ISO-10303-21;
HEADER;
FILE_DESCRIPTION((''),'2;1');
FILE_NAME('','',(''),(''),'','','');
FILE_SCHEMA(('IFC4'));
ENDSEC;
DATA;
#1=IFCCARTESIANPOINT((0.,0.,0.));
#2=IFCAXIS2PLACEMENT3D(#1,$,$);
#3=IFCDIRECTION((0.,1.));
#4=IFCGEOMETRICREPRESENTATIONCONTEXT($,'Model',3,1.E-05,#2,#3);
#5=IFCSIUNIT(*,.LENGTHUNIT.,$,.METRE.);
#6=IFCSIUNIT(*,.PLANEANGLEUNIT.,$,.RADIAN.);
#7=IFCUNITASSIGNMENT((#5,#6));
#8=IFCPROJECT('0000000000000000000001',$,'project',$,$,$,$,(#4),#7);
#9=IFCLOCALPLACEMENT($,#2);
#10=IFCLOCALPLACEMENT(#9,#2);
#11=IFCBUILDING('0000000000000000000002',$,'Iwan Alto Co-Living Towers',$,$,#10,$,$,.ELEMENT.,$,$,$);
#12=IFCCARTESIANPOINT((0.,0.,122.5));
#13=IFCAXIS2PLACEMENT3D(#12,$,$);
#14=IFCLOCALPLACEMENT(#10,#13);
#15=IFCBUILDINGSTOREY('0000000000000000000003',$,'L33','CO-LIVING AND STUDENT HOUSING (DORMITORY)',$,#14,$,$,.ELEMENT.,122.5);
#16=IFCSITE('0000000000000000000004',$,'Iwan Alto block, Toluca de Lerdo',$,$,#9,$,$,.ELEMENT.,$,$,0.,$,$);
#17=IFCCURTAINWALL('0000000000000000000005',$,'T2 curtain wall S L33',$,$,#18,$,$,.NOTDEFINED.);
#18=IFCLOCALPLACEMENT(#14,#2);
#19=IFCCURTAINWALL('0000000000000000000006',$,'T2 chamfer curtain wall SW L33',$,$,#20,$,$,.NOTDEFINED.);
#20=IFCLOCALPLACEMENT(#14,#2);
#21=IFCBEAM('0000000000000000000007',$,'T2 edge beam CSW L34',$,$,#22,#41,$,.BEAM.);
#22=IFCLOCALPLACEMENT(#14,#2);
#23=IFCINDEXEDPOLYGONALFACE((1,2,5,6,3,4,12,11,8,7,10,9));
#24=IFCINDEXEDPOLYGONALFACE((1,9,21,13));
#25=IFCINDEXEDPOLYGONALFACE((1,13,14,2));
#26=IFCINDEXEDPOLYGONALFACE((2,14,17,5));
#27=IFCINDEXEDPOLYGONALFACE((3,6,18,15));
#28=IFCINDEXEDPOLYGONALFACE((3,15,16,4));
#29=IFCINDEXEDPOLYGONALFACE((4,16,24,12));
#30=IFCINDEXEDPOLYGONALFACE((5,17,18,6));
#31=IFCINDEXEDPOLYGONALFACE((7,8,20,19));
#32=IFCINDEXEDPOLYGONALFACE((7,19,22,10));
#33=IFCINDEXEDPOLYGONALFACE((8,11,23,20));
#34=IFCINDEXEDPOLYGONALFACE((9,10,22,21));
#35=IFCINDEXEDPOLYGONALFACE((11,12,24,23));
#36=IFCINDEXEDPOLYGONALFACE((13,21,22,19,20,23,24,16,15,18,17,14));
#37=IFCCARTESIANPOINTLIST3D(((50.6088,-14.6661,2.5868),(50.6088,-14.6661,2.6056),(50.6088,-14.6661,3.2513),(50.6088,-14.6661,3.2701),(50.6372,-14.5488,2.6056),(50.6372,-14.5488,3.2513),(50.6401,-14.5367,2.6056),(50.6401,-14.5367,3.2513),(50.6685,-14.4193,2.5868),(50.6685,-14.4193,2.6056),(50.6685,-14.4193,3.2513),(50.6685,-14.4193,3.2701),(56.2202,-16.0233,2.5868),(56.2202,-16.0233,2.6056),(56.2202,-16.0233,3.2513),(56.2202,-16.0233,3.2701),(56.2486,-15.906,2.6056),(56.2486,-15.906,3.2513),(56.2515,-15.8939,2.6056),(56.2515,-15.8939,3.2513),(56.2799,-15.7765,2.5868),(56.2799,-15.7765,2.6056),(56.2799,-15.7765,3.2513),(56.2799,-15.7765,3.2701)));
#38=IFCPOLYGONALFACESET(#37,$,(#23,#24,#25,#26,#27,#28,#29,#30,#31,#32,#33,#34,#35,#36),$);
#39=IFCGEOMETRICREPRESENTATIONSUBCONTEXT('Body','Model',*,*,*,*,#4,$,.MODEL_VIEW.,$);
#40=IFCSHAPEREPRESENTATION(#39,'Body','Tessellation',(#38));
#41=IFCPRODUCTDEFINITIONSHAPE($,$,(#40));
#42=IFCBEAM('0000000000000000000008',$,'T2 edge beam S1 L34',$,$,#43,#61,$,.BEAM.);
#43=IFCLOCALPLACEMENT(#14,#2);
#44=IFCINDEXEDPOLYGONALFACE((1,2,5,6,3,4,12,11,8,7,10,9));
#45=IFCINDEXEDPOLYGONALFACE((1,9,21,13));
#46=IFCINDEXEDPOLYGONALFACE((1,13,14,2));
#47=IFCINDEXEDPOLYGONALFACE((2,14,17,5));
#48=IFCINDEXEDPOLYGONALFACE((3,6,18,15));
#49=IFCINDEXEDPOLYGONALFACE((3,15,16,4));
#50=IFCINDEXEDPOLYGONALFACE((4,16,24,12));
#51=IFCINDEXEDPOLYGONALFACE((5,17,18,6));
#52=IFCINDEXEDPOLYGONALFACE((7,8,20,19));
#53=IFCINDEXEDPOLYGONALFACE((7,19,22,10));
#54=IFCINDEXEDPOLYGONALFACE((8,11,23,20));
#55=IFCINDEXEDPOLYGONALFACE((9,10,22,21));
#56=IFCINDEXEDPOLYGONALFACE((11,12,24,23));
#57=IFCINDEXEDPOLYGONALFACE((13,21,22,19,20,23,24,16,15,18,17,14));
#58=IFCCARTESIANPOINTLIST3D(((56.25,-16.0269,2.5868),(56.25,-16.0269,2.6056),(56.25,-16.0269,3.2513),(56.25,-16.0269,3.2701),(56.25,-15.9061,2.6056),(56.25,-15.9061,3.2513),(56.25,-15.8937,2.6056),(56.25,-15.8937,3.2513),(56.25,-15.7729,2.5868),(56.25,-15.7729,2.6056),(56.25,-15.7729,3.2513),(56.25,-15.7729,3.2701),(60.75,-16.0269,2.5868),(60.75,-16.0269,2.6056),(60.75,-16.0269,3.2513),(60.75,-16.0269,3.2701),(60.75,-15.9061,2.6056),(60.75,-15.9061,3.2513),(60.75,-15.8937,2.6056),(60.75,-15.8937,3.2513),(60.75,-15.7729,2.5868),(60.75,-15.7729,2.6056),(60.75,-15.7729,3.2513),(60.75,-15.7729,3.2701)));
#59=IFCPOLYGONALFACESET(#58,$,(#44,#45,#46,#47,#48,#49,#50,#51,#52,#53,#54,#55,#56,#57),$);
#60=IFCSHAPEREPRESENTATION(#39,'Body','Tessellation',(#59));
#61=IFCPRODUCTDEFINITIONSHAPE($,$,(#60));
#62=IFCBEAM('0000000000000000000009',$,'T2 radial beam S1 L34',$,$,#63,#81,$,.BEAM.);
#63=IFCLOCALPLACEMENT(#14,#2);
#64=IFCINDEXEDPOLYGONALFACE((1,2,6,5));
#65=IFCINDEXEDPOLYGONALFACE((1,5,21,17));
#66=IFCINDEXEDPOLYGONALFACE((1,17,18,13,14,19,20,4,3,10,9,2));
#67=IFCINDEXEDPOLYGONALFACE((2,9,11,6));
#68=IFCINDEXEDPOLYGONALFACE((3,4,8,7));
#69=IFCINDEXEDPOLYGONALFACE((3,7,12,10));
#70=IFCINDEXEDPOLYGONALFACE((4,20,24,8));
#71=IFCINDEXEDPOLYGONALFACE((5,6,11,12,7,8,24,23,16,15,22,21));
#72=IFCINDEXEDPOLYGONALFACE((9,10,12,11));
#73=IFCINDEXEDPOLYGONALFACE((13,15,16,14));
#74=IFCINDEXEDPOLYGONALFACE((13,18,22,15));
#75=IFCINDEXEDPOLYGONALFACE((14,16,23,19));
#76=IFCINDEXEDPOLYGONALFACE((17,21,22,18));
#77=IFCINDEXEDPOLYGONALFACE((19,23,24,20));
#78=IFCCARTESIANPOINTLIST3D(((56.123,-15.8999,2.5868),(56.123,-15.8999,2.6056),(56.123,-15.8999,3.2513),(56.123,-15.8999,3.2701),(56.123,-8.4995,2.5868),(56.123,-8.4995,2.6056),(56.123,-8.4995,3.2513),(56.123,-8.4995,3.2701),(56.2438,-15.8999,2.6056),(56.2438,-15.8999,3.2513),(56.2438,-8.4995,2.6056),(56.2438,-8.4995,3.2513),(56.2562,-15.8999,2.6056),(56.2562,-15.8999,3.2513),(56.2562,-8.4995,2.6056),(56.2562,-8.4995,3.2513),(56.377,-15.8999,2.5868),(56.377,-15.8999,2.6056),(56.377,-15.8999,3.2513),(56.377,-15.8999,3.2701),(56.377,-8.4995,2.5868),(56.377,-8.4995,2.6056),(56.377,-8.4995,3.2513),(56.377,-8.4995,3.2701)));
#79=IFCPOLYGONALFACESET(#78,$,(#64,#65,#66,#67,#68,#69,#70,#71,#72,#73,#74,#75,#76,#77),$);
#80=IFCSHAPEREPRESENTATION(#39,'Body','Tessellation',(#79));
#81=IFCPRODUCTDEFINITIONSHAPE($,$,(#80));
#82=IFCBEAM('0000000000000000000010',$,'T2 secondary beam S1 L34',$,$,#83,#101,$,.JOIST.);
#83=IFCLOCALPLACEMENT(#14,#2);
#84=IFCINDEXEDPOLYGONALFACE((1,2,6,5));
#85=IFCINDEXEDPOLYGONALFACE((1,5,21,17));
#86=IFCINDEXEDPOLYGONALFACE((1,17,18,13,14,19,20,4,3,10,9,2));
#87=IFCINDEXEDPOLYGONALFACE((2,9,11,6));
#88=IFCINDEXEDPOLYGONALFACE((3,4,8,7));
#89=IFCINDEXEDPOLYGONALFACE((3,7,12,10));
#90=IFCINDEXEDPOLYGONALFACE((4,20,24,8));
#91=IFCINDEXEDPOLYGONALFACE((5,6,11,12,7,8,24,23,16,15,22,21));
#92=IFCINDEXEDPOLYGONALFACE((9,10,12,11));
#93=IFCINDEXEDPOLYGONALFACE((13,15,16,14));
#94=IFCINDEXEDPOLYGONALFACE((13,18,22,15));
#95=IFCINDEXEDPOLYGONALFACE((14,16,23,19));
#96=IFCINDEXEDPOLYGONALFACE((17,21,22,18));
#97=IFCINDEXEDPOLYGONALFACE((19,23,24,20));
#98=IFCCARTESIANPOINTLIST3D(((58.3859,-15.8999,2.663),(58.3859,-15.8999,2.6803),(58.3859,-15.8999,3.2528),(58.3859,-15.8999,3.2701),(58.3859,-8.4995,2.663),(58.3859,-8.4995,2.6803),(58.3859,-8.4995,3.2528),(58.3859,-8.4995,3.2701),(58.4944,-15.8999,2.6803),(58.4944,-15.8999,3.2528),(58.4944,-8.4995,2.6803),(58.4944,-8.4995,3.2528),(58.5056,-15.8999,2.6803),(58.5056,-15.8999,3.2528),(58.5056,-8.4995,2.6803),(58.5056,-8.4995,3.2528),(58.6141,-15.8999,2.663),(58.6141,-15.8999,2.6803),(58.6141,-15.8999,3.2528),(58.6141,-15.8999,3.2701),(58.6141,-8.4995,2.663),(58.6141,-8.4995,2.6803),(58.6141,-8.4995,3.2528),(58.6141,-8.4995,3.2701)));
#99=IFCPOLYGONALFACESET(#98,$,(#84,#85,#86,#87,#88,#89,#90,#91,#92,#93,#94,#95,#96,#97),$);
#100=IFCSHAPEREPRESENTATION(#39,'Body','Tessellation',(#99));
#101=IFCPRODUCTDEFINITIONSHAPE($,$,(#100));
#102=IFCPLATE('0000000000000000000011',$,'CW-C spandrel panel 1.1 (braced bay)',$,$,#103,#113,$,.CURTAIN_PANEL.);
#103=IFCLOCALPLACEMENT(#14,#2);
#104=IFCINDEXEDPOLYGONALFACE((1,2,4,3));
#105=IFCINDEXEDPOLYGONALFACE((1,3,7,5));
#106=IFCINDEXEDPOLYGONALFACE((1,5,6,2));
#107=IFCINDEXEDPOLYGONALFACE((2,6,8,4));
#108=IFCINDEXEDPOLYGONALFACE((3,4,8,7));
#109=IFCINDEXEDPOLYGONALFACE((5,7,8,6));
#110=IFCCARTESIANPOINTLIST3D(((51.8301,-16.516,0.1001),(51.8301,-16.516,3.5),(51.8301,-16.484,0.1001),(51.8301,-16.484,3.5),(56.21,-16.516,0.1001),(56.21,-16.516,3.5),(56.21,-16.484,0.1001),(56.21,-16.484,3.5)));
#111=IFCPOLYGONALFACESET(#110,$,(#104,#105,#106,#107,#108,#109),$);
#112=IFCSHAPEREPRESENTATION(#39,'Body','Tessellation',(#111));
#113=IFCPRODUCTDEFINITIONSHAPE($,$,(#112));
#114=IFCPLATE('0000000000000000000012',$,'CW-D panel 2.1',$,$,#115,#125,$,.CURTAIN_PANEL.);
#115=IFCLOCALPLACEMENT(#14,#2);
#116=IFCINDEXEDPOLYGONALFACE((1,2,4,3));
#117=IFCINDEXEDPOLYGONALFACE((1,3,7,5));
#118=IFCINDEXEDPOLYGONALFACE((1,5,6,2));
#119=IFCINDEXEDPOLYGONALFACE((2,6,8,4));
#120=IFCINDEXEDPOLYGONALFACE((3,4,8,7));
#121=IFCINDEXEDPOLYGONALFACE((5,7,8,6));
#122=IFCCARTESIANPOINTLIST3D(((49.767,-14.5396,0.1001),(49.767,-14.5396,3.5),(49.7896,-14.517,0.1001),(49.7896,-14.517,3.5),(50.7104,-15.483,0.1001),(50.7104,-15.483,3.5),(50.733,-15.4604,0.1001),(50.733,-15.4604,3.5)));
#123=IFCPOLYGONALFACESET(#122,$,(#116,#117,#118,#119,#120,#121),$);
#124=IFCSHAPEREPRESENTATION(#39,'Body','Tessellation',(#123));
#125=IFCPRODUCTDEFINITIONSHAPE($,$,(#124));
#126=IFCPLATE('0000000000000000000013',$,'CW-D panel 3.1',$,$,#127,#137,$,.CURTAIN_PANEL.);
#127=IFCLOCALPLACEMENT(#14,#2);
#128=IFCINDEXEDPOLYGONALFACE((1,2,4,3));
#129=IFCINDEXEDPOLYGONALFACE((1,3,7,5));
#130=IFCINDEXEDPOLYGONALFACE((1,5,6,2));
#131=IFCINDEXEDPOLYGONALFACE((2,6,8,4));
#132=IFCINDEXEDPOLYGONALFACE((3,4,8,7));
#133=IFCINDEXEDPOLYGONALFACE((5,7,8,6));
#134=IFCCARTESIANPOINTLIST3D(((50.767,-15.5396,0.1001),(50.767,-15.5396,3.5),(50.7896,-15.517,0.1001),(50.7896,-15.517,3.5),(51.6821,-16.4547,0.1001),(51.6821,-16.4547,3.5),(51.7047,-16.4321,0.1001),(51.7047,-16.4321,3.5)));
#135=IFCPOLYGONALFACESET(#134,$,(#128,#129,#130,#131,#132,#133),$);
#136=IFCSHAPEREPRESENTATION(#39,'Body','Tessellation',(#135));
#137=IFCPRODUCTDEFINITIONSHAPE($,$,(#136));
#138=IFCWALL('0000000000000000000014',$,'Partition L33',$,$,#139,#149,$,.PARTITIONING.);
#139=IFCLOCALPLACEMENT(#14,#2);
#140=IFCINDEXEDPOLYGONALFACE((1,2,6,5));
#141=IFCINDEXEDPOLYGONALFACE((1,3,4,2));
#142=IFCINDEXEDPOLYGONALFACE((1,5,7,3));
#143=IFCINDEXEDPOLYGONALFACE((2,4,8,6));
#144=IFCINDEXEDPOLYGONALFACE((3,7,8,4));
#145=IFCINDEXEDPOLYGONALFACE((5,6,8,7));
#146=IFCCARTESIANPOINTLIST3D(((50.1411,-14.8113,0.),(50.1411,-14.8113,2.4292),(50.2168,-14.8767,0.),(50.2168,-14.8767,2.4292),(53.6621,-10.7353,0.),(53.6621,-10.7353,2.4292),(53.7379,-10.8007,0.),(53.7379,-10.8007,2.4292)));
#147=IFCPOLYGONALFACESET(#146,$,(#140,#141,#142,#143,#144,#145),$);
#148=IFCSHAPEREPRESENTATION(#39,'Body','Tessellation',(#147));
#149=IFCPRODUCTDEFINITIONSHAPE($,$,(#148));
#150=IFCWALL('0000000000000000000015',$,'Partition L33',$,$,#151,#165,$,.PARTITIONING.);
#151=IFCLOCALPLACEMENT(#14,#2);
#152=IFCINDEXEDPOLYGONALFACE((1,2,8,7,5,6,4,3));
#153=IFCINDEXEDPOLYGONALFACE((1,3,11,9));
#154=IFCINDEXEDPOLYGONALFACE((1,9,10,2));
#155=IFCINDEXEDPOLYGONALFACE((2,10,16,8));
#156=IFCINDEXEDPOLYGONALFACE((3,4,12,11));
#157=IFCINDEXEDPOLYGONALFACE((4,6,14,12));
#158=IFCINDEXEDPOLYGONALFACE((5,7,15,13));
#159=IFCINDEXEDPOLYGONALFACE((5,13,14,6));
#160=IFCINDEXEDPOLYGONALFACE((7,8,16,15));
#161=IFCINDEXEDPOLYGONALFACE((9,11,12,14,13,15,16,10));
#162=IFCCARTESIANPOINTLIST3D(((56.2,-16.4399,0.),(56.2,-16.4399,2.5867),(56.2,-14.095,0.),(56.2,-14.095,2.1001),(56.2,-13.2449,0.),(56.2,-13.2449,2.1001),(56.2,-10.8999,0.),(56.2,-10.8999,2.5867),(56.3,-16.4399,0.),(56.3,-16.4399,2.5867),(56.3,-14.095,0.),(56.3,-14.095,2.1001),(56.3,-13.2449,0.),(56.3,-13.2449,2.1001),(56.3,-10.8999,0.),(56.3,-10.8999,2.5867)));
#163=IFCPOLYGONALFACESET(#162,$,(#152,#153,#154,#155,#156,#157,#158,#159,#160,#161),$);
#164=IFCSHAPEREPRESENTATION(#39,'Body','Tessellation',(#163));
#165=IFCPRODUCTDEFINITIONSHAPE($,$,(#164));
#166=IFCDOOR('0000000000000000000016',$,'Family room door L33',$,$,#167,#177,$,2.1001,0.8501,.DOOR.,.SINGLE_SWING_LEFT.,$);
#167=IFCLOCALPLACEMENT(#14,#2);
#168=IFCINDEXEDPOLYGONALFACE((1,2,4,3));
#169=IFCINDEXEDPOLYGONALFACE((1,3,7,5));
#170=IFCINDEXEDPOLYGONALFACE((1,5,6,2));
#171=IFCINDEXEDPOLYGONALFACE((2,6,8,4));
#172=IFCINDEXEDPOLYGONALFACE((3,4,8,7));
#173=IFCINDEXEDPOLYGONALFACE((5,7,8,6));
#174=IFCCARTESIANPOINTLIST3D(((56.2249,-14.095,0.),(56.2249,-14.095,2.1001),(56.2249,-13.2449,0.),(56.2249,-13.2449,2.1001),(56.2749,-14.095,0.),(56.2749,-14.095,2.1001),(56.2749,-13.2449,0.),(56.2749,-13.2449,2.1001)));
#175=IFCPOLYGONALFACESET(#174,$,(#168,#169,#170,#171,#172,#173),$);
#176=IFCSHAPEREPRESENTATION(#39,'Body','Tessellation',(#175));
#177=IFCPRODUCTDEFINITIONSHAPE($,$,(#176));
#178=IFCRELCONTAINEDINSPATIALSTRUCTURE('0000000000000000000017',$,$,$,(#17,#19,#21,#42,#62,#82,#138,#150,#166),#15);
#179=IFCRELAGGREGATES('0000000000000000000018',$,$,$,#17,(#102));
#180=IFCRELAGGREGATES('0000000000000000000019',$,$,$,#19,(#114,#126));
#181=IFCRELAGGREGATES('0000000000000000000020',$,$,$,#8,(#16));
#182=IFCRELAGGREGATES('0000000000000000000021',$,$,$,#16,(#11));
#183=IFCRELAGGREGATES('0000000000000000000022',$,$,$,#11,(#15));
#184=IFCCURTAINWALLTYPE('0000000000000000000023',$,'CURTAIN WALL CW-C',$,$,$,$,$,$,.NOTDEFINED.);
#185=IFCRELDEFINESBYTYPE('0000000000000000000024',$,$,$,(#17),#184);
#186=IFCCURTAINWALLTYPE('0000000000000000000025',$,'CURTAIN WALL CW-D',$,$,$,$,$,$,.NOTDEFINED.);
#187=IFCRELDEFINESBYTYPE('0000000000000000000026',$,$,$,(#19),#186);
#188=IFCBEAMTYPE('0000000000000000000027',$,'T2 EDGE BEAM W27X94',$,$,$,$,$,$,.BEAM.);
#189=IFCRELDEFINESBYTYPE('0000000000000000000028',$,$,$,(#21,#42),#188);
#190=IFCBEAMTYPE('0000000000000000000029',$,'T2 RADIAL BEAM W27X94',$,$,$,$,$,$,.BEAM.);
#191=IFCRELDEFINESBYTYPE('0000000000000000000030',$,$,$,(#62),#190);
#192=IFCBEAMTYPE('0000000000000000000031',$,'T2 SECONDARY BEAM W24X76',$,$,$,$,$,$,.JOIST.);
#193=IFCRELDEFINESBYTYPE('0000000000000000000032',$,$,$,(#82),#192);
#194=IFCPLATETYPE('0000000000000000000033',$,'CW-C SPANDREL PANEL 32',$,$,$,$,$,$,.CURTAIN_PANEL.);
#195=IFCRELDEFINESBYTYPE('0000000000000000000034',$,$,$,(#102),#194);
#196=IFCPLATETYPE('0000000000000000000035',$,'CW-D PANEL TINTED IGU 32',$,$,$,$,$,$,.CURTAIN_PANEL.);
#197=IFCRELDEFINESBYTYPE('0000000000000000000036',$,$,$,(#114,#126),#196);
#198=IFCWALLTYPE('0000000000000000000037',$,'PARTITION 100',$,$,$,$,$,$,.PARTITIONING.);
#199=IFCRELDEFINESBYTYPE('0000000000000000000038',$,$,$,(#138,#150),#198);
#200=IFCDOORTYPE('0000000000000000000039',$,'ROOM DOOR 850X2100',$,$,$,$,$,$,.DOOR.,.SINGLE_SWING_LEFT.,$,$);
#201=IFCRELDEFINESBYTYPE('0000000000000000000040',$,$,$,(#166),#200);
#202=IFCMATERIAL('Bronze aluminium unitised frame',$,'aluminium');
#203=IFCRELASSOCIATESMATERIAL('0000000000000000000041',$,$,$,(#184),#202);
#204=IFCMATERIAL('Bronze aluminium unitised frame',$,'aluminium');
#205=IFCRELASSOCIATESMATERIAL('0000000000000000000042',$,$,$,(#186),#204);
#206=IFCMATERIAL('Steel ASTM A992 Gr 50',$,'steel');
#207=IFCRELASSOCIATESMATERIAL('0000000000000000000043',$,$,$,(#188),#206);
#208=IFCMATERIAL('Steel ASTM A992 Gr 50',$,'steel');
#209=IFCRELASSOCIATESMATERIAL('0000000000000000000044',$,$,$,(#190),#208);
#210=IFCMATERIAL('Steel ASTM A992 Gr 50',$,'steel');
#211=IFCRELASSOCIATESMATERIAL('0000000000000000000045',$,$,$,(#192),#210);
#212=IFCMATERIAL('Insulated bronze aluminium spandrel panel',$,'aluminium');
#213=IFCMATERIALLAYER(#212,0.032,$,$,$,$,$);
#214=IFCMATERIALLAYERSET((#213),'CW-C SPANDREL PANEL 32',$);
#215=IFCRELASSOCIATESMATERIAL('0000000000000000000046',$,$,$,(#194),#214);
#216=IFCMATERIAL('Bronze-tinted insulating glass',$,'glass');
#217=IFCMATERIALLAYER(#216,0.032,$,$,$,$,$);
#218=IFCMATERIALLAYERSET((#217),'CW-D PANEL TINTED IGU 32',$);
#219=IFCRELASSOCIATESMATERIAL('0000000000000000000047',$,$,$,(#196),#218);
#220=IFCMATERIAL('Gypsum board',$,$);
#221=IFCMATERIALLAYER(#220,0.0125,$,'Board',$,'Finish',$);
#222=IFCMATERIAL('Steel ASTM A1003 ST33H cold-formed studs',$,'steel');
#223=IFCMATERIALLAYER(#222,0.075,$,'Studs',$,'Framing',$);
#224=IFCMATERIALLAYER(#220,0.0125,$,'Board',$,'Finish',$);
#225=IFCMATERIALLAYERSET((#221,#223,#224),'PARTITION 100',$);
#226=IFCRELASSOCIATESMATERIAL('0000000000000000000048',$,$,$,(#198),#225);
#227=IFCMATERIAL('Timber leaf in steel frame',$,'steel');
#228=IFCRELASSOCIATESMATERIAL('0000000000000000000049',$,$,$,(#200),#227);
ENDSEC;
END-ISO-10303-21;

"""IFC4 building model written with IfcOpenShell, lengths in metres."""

from ifc_helpers import new_model, si_unit, direction, frame, frame_2d, origin, origin_2d, place, context, subcontext, project, spatial, rectangle, i_section, extrude, material, layer, layer_set, material_profile, profile_set, type_object, element, fill, aggregate, save


model = new_model("IFC4")

# Units and contexts
model_context = context("Model", 3, precision=1e-05, world=origin(), true_north=direction((0.0, 1.0)))
body_context = subcontext(model_context, "Body", "Model", "MODEL_VIEW")
ifc_project = project(units=[si_unit("LENGTHUNIT", "METRE"), si_unit("PLANEANGLEUNIT", "RADIAN")], contexts=[model_context])

# Site, building, storey
site_placement = place(None, origin())
site = spatial("IfcSite", under=ifc_project, at=site_placement, Name="Iwan Alto block, Toluca de Lerdo", CompositionType="ELEMENT", RefElevation=0.0)
building_placement = place(site_placement, origin())
building = spatial("IfcBuilding", under=site, at=building_placement, Name="Iwan Alto Co-Living Towers", CompositionType="ELEMENT")
storey_placement = place(building_placement, frame((0.0, 0.0, 122.5)))
storey = spatial("IfcBuildingStorey", under=building, at=storey_placement, Name="L33", Description="CO-LIVING AND STUDENT HOUSING (DORMITORY)", CompositionType="ELEMENT", Elevation=122.5)

# Curtain walls
ifc_material_1 = material(Name="Bronze aluminium unitised frame", Category="aluminium")
curtain_wall_type_1 = type_object("IfcCurtainWallType", Name="CURTAIN WALL CW-C", PredefinedType="NOTDEFINED", material=ifc_material_1)
curtain_wall_1_placement = place(storey_placement, origin())
curtain_wall_1 = element("IfcCurtainWall", 1, at=curtain_wall_1_placement, inside=storey, type_object=curtain_wall_type_1, Name="T2 curtain wall S L33", PredefinedType="NOTDEFINED")
ifc_material_2 = material(Name="Bronze aluminium unitised frame", Category="aluminium")
curtain_wall_type_2 = type_object("IfcCurtainWallType", Name="CURTAIN WALL CW-D", PredefinedType="NOTDEFINED", material=ifc_material_2)
curtain_wall_2_placement = place(storey_placement, origin())
curtain_wall_2 = element("IfcCurtainWall", 2, at=curtain_wall_2_placement, inside=storey, type_object=curtain_wall_type_2, Name="T2 chamfer curtain wall SW L33", PredefinedType="NOTDEFINED")

# Beams
ifc_material_3 = material(Name="Steel ASTM A992 Gr 50", Category="steel")
ifc_material_profile_1 = material_profile(ifc_material_3, i_section(OverallWidth=0.2539, OverallDepth=0.6833, WebThickness=0.0125, FlangeThickness=0.0188, at=origin_2d()), Name="W27X94")
ifc_profile_set_1 = profile_set([ifc_material_profile_1], Name="Steel ASTM A992 Gr 50")
beam_type_1 = type_object("IfcBeamType", Name="T2 EDGE BEAM W27X94", PredefinedType="BEAM", material=ifc_profile_set_1)
beam_1_placement = place(storey_placement, frame((50.6387, -14.5427, 2.9285), z_axis=(0.971975, -0.235086, 0.0), x_axis=(0.235086, 0.971975, 0.0)))
element("IfcBeam", 3, at=beam_1_placement, inside=storey, type_object=beam_type_1, Name="T2 edge beam CSW L34", PredefinedType="BEAM", context=body_context, shape_type="SweptSolid", body=[
    extrude(i_section(OverallWidth=0.2539, OverallDepth=0.6833, WebThickness=0.0125, FlangeThickness=0.0188, at=origin_2d()), origin(), (0.0, 0.0, 1.0), 5.7732),
])
beam_2_placement = place(storey_placement, frame((56.25, -15.8999, 2.9285), z_axis=(1.0, 0.0, 0.0), x_axis=(0.0, 1.0, 0.0)))
element("IfcBeam", 4, at=beam_2_placement, inside=storey, type_object=beam_type_1, Name="T2 edge beam S1 L34", PredefinedType="BEAM", context=body_context, shape_type="SweptSolid", body=[
    extrude(i_section(OverallWidth=0.2539, OverallDepth=0.6833, WebThickness=0.0125, FlangeThickness=0.0188, at=origin_2d()), origin(), (0.0, 0.0, 1.0), 4.5),
])
ifc_material_4 = material(Name="Steel ASTM A992 Gr 50", Category="steel")
ifc_material_profile_2 = material_profile(ifc_material_4, i_section(OverallWidth=0.2539, OverallDepth=0.6833, WebThickness=0.0125, FlangeThickness=0.0188, at=origin_2d()), Name="W27X94")
ifc_profile_set_2 = profile_set([ifc_material_profile_2], Name="Steel ASTM A992 Gr 50")
beam_type_2 = type_object("IfcBeamType", Name="T2 RADIAL BEAM W27X94", PredefinedType="BEAM", material=ifc_profile_set_2)
beam_3_placement = place(storey_placement, frame((56.25, -15.8999, 2.9285), z_axis=(0.0, 1.0, 0.0), x_axis=(-1.0, 0.0, 0.0)))
element("IfcBeam", 5, at=beam_3_placement, inside=storey, type_object=beam_type_2, Name="T2 radial beam S1 L34", PredefinedType="BEAM", context=body_context, shape_type="SweptSolid", body=[
    extrude(i_section(OverallWidth=0.2539, OverallDepth=0.6833, WebThickness=0.0125, FlangeThickness=0.0188, at=origin_2d()), origin(), (0.0, 0.0, 1.0), 7.4004),
])
ifc_material_5 = material(Name="Steel ASTM A992 Gr 50", Category="steel")
ifc_material_profile_3 = material_profile(ifc_material_5, i_section(OverallWidth=0.2283, OverallDepth=0.6072, WebThickness=0.0112, FlangeThickness=0.0173, at=origin_2d()), Name="W24X76")
ifc_profile_set_3 = profile_set([ifc_material_profile_3], Name="Steel ASTM A992 Gr 50")
beam_type_3 = type_object("IfcBeamType", Name="T2 SECONDARY BEAM W24X76", PredefinedType="JOIST", material=ifc_profile_set_3)
beam_4_placement = place(storey_placement, frame((58.5, -15.8999, 2.9666), z_axis=(0.0, 1.0, 0.0), x_axis=(-1.0, 0.0, 0.0)))
element("IfcBeam", 6, at=beam_4_placement, inside=storey, type_object=beam_type_3, Name="T2 secondary beam S1 L34", PredefinedType="JOIST", context=body_context, shape_type="SweptSolid", body=[
    extrude(i_section(OverallWidth=0.2283, OverallDepth=0.6072, WebThickness=0.0112, FlangeThickness=0.0173, at=origin_2d()), origin(), (0.0, 0.0, 1.0), 7.4004),
])

# Plates
ifc_material_6 = material(Name="Insulated bronze aluminium spandrel panel", Category="aluminium")
ifc_layer_1 = layer(ifc_material_6, 0.032)
ifc_layer_set_1 = layer_set([ifc_layer_1], Name="CW-C SPANDREL PANEL 32")
plate_type_1 = type_object("IfcPlateType", Name="CW-C SPANDREL PANEL 32", PredefinedType="CURTAIN_PANEL", material=ifc_layer_set_1)
plate_1_placement = place(storey_placement, frame((54.02, -16.5, 0.1001), z_axis=(0.0, 0.0, 1.0), x_axis=(1.0, 0.0, 0.0)))
plate_1 = element("IfcPlate", 7, at=plate_1_placement, type_object=plate_type_1, Name="CW-C spandrel panel 1.1 (braced bay)", PredefinedType="CURTAIN_PANEL", context=body_context, shape_type="SweptSolid", body=[
    extrude(rectangle(XDim=4.3799, YDim=0.032, at=origin_2d()), origin(), (0.0, 0.0, 1.0), 3.3999),
])
aggregate(curtain_wall_1, [plate_1])
ifc_material_7 = material(Name="Bronze-tinted insulating glass", Category="glass")
ifc_layer_2 = layer(ifc_material_7, 0.032)
ifc_layer_set_2 = layer_set([ifc_layer_2], Name="CW-D PANEL TINTED IGU 32")
plate_type_2 = type_object("IfcPlateType", Name="CW-D PANEL TINTED IGU 32", PredefinedType="CURTAIN_PANEL", material=ifc_layer_set_2)
plate_2_placement = place(storey_placement, frame((50.25, -15.0, 0.1001), z_axis=(0.0, 0.0, 1.0), x_axis=(0.707107, -0.707107, 0.0)))
plate_2 = element("IfcPlate", 8, at=plate_2_placement, type_object=plate_type_2, Name="CW-D panel 2.1", PredefinedType="CURTAIN_PANEL", context=body_context, shape_type="SweptSolid", body=[
    extrude(rectangle(XDim=1.3342, YDim=0.032, at=origin_2d()), origin(), (0.0, 0.0, 1.0), 3.3999),
])
plate_3_placement = place(storey_placement, frame((51.2358, -15.9858, 0.1001), z_axis=(0.0, 0.0, 1.0), x_axis=(0.707107, -0.707107, 0.0)))
plate_3 = element("IfcPlate", 9, at=plate_3_placement, type_object=plate_type_2, Name="CW-D panel 3.1", PredefinedType="CURTAIN_PANEL", context=body_context, shape_type="SweptSolid", body=[
    extrude(rectangle(XDim=1.2942, YDim=0.032, at=origin_2d()), origin(), (0.0, 0.0, 1.0), 3.3999),
])
aggregate(curtain_wall_2, [plate_2, plate_3])

# Wall
ifc_material_8 = material(Name="Gypsum board")
ifc_layer_3 = layer(ifc_material_8, 0.0125, Name="Board", Category="Finish")
ifc_material_9 = material(Name="Steel ASTM A1003 ST33H cold-formed studs", Category="steel")
ifc_layer_4 = layer(ifc_material_9, 0.075, Name="Studs", Category="Framing")
ifc_layer_5 = layer(ifc_material_8, 0.0125, Name="Board", Category="Finish")
ifc_layer_set_3 = layer_set([ifc_layer_3, ifc_layer_4, ifc_layer_5], Name="PARTITION 100")
wall_type = type_object("IfcWallType", Name="PARTITION 100", PredefinedType="PARTITIONING", material=ifc_layer_set_3)
wall_1_placement = place(storey_placement, frame((50.179, -14.844, 0.0), z_axis=(0.0, 0.0, 1.0), x_axis=(0.653713, 0.756742, 0.0)))
element("IfcWall", 10, at=wall_1_placement, inside=storey, type_object=wall_type, Name="Partition L33", PredefinedType="PARTITIONING", context=body_context, shape_type="SweptSolid", body=[
    extrude(rectangle(XDim=5.3862, YDim=0.1001, at=frame_2d((2.6931, 0.0))), origin(), (0.0, 0.0, 1.0), 2.4292),
])

# Wall, opening, door
wall_2_placement = place(storey_placement, frame((56.25, -16.4399, 0.0), z_axis=(0.0, 0.0, 1.0), x_axis=(0.0, 1.0, 0.0)))
wall_2 = element("IfcWall", 11, at=wall_2_placement, inside=storey, type_object=wall_type, Name="Partition L33", PredefinedType="PARTITIONING", context=body_context, shape_type="SweptSolid", body=[
    extrude(rectangle(XDim=5.54, YDim=0.1001, at=frame_2d((2.77, 0.0))), origin(), (0.0, 0.0, 1.0), 2.5867),
])
opening_placement = place(wall_2_placement, frame((2.345, 0.0, 0.0)))
opening = element("IfcOpeningElement", 12, at=opening_placement, cuts=wall_2, PredefinedType="OPENING", context=body_context, shape_type="SweptSolid", body=[
    extrude(rectangle(XDim=0.8501, YDim=2.1001, at=frame_2d((0.425, 1.05))), frame((0.0, 0.0601, 0.0), z_axis=(0.0, -1.0, 0.0), x_axis=(1.0, 0.0, 0.0)), (0.0, 0.0, 1.0), 0.1201),
])
ifc_material_10 = material(Name="Timber leaf in steel frame", Category="steel")
door_type = type_object("IfcDoorType", Name="ROOM DOOR 850X2100", OperationType="SINGLE_SWING_LEFT", PredefinedType="DOOR", material=ifc_material_10)
door_placement = place(opening_placement, frame((0.8501, 0.0, 0.0), z_axis=(0.0, 0.0, 1.0), x_axis=(-1.0, 0.0, 0.0)))
door = element("IfcDoor", 13, at=door_placement, inside=storey, type_object=door_type, Name="Family room door L33", OperationType="SINGLE_SWING_LEFT", OverallHeight=2.1001, OverallWidth=0.8501, PredefinedType="DOOR", context=body_context, shape_type="SweptSolid", body=[
    extrude(rectangle(XDim=0.8501, YDim=2.1001, at=frame_2d((0.425, 1.05))), frame((0.0, 0.0249, 0.0), z_axis=(0.0, -1.0, 0.0), x_axis=(1.0, 0.0, 0.0)), (0.0, 0.0, 1.0), 0.05),
])
fill(opening, door)

save(model, "model.ifc")
